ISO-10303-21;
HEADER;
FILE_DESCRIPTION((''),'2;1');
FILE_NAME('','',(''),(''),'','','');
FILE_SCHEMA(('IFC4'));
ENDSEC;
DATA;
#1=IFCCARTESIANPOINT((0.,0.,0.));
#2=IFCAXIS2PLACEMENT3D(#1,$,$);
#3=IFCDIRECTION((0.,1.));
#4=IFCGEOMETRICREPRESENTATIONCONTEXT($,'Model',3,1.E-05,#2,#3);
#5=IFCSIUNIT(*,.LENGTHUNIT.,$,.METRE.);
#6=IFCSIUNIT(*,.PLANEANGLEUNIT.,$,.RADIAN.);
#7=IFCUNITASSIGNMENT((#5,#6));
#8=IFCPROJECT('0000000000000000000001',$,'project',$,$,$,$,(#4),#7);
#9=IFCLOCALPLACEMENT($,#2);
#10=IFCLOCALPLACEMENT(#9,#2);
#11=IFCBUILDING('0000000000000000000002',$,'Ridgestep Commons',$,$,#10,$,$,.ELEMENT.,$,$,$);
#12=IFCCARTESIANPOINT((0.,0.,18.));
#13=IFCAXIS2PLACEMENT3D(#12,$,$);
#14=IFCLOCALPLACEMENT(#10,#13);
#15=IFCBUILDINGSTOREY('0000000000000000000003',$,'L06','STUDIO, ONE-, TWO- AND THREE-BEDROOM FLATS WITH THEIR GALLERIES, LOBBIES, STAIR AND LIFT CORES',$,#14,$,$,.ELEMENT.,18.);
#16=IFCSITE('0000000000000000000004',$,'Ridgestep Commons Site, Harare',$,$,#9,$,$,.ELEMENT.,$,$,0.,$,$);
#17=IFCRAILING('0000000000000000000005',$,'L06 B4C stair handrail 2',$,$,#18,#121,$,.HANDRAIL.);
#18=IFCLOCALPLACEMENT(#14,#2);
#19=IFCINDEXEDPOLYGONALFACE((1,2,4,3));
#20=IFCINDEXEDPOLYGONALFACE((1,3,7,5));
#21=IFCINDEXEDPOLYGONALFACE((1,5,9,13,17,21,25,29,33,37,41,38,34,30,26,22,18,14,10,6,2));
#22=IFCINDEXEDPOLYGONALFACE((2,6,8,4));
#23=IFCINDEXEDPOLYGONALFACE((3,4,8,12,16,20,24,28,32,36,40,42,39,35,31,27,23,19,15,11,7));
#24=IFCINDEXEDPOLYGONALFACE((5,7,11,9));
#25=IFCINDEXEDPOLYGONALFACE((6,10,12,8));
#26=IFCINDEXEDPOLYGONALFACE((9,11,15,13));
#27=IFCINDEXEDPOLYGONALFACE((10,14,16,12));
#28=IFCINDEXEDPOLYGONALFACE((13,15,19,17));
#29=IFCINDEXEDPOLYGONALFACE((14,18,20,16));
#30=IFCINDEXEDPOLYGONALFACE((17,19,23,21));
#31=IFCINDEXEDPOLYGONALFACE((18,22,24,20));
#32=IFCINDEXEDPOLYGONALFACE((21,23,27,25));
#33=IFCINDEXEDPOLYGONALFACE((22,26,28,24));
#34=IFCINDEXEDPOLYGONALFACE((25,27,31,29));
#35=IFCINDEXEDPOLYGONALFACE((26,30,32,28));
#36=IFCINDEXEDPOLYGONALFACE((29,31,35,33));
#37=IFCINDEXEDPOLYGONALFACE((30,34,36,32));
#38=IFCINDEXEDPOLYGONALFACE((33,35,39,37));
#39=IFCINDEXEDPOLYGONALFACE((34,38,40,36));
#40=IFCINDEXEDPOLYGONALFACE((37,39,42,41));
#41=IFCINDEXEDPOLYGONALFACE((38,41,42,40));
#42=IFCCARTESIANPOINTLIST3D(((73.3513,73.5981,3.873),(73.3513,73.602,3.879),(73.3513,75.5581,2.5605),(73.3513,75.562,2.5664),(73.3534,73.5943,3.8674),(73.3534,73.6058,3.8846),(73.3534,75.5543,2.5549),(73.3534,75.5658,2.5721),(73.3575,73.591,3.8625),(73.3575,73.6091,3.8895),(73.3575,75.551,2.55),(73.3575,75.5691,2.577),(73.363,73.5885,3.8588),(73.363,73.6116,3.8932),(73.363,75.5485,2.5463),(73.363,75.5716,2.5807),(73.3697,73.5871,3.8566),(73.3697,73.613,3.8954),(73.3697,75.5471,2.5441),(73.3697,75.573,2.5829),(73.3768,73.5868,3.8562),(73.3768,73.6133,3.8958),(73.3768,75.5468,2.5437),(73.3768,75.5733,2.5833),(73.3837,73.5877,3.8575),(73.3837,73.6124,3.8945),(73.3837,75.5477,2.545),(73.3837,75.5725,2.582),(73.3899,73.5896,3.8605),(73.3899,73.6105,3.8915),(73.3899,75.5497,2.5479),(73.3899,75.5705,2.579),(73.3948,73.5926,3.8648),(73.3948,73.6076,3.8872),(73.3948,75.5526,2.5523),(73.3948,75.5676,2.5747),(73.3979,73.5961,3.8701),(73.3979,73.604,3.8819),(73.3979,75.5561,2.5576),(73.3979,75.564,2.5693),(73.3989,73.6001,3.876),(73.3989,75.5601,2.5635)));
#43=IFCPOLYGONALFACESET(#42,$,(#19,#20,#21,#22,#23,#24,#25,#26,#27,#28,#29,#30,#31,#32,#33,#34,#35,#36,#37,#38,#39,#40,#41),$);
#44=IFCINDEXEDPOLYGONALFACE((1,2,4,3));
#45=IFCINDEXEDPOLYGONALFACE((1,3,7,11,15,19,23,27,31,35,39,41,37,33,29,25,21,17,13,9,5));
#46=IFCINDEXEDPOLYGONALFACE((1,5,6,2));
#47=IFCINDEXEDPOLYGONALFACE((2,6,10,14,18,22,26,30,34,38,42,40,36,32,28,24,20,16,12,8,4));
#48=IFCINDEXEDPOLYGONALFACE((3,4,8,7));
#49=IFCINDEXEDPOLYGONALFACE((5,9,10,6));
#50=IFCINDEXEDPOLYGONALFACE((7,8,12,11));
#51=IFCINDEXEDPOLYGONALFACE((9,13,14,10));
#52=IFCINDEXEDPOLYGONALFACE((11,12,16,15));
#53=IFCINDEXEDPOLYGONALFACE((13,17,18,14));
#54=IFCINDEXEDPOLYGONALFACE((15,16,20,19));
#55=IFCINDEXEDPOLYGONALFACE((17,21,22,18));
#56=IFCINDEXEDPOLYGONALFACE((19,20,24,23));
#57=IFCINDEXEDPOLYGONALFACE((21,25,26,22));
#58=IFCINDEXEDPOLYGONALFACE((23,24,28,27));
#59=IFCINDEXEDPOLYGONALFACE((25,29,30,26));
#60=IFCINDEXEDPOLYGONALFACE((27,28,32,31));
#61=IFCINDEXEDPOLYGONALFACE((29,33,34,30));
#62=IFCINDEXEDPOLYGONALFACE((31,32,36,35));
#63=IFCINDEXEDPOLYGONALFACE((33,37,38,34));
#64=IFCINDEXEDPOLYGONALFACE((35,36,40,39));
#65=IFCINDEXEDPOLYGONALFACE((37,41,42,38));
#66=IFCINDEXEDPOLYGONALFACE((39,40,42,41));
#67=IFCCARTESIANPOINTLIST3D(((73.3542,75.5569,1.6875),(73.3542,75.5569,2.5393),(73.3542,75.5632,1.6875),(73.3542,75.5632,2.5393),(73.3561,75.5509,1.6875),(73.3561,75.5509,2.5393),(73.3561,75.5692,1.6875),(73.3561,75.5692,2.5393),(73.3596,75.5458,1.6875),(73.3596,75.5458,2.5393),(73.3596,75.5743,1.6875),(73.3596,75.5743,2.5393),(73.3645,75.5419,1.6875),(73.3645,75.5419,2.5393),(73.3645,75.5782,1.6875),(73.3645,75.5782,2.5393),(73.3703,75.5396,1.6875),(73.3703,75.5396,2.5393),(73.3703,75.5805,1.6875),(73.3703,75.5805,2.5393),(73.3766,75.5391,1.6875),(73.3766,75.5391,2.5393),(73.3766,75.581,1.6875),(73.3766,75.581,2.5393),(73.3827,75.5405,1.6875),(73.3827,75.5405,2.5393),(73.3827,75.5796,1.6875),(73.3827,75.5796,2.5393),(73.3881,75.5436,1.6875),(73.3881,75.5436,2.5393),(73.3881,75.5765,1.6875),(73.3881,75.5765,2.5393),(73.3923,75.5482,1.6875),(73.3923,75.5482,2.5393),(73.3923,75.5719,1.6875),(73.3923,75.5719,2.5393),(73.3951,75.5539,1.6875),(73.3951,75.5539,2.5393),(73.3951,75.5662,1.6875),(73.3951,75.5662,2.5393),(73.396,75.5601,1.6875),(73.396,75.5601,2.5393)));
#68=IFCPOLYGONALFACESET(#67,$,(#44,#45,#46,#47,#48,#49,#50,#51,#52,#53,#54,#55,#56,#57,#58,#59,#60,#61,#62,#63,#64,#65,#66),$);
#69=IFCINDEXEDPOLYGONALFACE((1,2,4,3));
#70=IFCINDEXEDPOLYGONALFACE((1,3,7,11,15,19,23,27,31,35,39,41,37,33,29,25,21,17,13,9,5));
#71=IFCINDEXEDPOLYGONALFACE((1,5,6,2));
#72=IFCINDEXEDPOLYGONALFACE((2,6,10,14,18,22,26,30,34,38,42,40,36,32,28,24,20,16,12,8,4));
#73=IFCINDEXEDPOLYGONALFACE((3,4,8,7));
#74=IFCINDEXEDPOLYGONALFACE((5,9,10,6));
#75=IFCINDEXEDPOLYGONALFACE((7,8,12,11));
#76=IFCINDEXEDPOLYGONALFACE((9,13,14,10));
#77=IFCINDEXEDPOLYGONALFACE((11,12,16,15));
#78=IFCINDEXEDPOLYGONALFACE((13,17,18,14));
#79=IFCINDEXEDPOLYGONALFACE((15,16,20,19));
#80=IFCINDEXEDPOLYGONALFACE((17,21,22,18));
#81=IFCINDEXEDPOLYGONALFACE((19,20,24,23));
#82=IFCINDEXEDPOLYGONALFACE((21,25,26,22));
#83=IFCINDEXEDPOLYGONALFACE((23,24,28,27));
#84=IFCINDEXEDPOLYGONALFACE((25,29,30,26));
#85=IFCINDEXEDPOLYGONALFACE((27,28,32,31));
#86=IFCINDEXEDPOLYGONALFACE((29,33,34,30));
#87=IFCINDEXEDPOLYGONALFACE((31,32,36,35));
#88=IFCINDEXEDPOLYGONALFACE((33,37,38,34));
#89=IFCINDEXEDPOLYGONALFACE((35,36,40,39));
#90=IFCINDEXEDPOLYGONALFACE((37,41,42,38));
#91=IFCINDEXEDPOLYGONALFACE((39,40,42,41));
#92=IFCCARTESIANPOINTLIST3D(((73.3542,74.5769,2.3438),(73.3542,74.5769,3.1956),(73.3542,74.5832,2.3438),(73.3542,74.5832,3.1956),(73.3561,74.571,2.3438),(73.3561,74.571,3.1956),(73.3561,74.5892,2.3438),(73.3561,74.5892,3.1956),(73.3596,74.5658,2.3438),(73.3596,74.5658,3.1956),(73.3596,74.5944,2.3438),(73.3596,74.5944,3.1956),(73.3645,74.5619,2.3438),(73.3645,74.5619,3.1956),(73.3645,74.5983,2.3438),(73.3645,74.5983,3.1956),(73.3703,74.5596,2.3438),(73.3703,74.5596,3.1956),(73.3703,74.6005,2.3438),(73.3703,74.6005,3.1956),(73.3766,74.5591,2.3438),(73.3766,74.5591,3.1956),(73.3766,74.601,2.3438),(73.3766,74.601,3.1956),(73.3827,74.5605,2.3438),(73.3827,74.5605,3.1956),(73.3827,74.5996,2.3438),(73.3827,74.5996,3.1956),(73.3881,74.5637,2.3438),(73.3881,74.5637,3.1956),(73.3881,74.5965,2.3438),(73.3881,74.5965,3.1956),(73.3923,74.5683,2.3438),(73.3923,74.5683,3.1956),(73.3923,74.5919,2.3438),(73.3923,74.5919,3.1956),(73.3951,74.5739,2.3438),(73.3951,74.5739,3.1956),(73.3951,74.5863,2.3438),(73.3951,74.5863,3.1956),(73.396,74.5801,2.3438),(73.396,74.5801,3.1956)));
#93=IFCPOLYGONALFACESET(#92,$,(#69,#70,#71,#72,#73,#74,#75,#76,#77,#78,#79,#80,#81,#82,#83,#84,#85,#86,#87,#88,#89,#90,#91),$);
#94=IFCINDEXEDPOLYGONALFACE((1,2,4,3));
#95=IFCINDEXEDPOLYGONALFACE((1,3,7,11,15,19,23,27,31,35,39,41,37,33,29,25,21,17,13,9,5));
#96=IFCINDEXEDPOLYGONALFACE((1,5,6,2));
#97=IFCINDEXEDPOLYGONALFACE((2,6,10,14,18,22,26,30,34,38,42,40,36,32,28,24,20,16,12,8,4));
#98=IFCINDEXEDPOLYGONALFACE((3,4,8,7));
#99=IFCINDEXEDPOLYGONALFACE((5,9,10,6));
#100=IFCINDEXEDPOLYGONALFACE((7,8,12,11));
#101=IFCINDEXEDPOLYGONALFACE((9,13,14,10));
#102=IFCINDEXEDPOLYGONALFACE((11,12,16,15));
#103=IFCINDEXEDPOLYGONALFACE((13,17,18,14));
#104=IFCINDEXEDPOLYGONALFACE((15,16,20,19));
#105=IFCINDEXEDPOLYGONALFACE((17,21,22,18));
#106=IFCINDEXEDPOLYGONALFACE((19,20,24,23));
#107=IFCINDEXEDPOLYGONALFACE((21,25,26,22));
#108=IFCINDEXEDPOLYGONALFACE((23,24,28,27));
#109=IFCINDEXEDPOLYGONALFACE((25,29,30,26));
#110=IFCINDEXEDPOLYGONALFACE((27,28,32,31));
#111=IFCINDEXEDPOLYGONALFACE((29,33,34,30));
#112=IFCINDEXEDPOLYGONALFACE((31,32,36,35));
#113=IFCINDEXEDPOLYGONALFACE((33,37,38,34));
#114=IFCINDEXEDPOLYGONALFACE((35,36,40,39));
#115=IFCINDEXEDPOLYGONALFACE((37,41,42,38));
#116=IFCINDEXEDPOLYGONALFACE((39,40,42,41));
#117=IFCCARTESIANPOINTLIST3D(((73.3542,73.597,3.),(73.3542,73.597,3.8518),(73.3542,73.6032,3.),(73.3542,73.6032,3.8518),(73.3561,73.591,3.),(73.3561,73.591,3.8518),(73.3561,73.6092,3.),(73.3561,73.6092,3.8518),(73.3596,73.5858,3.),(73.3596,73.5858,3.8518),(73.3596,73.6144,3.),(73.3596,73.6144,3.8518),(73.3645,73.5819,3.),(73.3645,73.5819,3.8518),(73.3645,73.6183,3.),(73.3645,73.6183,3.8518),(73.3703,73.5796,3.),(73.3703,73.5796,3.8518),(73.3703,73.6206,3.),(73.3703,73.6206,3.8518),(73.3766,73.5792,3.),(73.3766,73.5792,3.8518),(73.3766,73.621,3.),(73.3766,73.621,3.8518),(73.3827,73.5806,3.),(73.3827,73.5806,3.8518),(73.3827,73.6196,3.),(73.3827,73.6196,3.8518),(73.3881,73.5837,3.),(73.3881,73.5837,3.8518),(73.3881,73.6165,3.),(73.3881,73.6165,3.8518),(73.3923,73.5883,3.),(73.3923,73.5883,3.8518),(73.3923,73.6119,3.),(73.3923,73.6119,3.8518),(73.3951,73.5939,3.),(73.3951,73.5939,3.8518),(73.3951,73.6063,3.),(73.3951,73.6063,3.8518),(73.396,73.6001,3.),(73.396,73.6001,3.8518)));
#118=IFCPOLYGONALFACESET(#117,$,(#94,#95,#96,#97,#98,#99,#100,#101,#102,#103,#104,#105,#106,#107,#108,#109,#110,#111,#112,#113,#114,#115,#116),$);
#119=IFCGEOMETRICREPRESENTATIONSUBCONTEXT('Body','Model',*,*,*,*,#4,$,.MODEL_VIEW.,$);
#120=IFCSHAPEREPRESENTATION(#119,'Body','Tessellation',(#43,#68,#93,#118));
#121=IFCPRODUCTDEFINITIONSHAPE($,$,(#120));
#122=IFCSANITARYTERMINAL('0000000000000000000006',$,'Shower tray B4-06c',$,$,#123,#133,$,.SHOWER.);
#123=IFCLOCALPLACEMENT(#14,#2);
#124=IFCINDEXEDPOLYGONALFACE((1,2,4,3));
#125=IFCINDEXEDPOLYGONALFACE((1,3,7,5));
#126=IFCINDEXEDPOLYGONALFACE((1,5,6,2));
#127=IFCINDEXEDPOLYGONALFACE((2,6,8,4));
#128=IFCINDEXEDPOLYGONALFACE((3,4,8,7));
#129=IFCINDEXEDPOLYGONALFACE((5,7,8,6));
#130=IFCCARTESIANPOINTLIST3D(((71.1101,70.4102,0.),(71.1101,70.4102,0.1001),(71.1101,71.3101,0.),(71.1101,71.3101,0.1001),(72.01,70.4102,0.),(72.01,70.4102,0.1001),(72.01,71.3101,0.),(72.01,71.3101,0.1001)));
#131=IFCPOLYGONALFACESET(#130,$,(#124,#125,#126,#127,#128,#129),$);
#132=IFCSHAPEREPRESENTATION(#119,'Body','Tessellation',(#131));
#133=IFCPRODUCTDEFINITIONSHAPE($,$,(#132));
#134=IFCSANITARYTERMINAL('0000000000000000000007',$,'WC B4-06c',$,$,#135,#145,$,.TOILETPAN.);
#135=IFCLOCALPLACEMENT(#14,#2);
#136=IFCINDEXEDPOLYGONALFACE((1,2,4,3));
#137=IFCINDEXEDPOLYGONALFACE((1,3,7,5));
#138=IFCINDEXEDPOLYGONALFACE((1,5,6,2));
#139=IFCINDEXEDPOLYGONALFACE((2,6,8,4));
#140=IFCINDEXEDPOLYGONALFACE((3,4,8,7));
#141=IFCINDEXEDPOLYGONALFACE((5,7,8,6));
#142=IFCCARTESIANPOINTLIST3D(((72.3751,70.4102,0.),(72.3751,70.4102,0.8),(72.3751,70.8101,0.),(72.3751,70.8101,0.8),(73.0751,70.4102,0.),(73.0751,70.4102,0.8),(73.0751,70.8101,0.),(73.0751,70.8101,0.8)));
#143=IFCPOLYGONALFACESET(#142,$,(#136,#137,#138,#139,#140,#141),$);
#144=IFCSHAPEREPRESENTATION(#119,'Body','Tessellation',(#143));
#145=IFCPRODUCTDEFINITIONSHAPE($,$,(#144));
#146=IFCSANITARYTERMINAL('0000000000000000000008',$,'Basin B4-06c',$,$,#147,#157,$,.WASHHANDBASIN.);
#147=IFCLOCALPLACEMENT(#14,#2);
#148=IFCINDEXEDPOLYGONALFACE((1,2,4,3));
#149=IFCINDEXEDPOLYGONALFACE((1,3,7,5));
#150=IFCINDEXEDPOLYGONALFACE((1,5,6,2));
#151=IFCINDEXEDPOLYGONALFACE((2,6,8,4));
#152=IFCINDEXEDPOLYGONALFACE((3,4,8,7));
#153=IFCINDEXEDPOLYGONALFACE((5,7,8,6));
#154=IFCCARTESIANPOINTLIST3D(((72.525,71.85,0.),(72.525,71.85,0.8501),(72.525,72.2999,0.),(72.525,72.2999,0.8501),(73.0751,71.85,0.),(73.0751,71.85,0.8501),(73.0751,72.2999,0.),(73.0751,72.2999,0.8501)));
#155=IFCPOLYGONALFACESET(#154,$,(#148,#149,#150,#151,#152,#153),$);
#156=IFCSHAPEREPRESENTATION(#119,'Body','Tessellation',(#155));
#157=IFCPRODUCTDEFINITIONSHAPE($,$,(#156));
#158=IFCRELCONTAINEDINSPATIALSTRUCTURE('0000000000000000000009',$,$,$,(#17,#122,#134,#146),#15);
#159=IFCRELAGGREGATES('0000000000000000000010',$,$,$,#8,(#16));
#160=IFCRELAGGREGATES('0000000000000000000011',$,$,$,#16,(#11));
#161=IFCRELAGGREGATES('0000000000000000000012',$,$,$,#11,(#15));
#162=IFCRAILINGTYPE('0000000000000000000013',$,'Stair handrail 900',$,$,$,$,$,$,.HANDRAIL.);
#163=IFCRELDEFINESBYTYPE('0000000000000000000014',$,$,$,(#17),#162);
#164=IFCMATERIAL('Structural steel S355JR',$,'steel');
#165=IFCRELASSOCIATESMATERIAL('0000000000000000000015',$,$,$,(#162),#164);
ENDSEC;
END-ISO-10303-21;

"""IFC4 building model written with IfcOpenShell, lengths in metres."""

from ifc_helpers import new_model, si_unit, direction, frame, origin, origin_2d, place, context, subcontext, project, spatial, rectangle, circle, extrude, material, type_object, element, save


model = new_model("IFC4")

# Units and contexts
model_context = context("Model", 3, precision=1e-05, world=origin(), true_north=direction((0.0, 1.0)))
body_context = subcontext(model_context, "Body", "Model", "MODEL_VIEW")
ifc_project = project(units=[si_unit("LENGTHUNIT", "METRE"), si_unit("PLANEANGLEUNIT", "RADIAN")], contexts=[model_context])

# Site, building, storey
site_placement = place(None, origin())
site = spatial("IfcSite", under=ifc_project, at=site_placement, Name="Ridgestep Commons Site, Harare", CompositionType="ELEMENT", RefElevation=0.0)
building_placement = place(site_placement, origin())
building = spatial("IfcBuilding", under=site, at=building_placement, Name="Ridgestep Commons", CompositionType="ELEMENT")
storey_placement = place(building_placement, frame((0.0, 0.0, 18.0)))
storey = spatial("IfcBuildingStorey", under=building, at=storey_placement, Name="L06", Description="STUDIO, ONE-, TWO- AND THREE-BEDROOM FLATS WITH THEIR GALLERIES, LOBBIES, STAIR AND LIFT CORES", CompositionType="ELEMENT", Elevation=18.0)

# Railing
ifc_material_1 = material(Name="Structural steel S355JR", Category="steel")
railing_type_1 = type_object("IfcRailingType", Name="Stair handrail 900", PredefinedType="HANDRAIL", material=ifc_material_1)
railing_1_placement = place(storey_placement, frame((73.375, 75.5601, 1.6875)))
element("IfcRailing", 1, at=railing_1_placement, inside=storey, type_object=railing_type_1, Name="L06 B4C stair handrail 2", PredefinedType="HANDRAIL", context=body_context, shape_type="SweptSolid", body=[
    extrude(circle(Radius=0.0239, at=origin_2d()), frame((0.0, 0.0, 0.876), z_axis=(0.0, -0.830902, 0.556419), x_axis=(1.0, 0.0, 0.0)), (0.0, 0.0, 1.0), 2.3589),
    extrude(circle(Radius=0.021, at=origin_2d()), origin(), (0.0, 0.0, 1.0), 0.8518),
    extrude(circle(Radius=0.021, at=origin_2d()), frame((0.0, -0.98, 0.6562)), (0.0, 0.0, 1.0), 0.8518),
    extrude(circle(Radius=0.021, at=origin_2d()), frame((0.0, -1.96, 1.3125)), (0.0, 0.0, 1.0), 0.8518),
])

# Sanitary terminals
sanitary_terminal_1_placement = place(storey_placement, frame((71.5601, 70.8601, 0.0), z_axis=(0.0, 0.0, 1.0), x_axis=(1.0, 0.0, 0.0)))
element("IfcSanitaryTerminal", 2, at=sanitary_terminal_1_placement, inside=storey, Name="Shower tray B4-06c", PredefinedType="SHOWER", context=body_context, shape_type="SweptSolid", body=[
    extrude(rectangle(XDim=0.8999, YDim=0.8999, at=origin_2d()), origin(), (0.0, 0.0, 1.0), 0.1001),
])
sanitary_terminal_2_placement = place(storey_placement, frame((72.7251, 70.6101, 0.0), z_axis=(0.0, 0.0, 1.0), x_axis=(1.0, 0.0, 0.0)))
element("IfcSanitaryTerminal", 3, at=sanitary_terminal_2_placement, inside=storey, Name="WC B4-06c", PredefinedType="TOILETPAN", context=body_context, shape_type="SweptSolid", body=[
    extrude(rectangle(XDim=0.7, YDim=0.3999, at=origin_2d()), origin(), (0.0, 0.0, 1.0), 0.8),
])
sanitary_terminal_3_placement = place(storey_placement, frame((72.8, 72.075, 0.0), z_axis=(0.0, 0.0, 1.0), x_axis=(1.0, 0.0, 0.0)))
element("IfcSanitaryTerminal", 4, at=sanitary_terminal_3_placement, inside=storey, Name="Basin B4-06c", PredefinedType="WASHHANDBASIN", context=body_context, shape_type="SweptSolid", body=[
    extrude(rectangle(XDim=0.55, YDim=0.45, at=origin_2d()), origin(), (0.0, 0.0, 1.0), 0.8501),
])

save(model, "model.ifc")
